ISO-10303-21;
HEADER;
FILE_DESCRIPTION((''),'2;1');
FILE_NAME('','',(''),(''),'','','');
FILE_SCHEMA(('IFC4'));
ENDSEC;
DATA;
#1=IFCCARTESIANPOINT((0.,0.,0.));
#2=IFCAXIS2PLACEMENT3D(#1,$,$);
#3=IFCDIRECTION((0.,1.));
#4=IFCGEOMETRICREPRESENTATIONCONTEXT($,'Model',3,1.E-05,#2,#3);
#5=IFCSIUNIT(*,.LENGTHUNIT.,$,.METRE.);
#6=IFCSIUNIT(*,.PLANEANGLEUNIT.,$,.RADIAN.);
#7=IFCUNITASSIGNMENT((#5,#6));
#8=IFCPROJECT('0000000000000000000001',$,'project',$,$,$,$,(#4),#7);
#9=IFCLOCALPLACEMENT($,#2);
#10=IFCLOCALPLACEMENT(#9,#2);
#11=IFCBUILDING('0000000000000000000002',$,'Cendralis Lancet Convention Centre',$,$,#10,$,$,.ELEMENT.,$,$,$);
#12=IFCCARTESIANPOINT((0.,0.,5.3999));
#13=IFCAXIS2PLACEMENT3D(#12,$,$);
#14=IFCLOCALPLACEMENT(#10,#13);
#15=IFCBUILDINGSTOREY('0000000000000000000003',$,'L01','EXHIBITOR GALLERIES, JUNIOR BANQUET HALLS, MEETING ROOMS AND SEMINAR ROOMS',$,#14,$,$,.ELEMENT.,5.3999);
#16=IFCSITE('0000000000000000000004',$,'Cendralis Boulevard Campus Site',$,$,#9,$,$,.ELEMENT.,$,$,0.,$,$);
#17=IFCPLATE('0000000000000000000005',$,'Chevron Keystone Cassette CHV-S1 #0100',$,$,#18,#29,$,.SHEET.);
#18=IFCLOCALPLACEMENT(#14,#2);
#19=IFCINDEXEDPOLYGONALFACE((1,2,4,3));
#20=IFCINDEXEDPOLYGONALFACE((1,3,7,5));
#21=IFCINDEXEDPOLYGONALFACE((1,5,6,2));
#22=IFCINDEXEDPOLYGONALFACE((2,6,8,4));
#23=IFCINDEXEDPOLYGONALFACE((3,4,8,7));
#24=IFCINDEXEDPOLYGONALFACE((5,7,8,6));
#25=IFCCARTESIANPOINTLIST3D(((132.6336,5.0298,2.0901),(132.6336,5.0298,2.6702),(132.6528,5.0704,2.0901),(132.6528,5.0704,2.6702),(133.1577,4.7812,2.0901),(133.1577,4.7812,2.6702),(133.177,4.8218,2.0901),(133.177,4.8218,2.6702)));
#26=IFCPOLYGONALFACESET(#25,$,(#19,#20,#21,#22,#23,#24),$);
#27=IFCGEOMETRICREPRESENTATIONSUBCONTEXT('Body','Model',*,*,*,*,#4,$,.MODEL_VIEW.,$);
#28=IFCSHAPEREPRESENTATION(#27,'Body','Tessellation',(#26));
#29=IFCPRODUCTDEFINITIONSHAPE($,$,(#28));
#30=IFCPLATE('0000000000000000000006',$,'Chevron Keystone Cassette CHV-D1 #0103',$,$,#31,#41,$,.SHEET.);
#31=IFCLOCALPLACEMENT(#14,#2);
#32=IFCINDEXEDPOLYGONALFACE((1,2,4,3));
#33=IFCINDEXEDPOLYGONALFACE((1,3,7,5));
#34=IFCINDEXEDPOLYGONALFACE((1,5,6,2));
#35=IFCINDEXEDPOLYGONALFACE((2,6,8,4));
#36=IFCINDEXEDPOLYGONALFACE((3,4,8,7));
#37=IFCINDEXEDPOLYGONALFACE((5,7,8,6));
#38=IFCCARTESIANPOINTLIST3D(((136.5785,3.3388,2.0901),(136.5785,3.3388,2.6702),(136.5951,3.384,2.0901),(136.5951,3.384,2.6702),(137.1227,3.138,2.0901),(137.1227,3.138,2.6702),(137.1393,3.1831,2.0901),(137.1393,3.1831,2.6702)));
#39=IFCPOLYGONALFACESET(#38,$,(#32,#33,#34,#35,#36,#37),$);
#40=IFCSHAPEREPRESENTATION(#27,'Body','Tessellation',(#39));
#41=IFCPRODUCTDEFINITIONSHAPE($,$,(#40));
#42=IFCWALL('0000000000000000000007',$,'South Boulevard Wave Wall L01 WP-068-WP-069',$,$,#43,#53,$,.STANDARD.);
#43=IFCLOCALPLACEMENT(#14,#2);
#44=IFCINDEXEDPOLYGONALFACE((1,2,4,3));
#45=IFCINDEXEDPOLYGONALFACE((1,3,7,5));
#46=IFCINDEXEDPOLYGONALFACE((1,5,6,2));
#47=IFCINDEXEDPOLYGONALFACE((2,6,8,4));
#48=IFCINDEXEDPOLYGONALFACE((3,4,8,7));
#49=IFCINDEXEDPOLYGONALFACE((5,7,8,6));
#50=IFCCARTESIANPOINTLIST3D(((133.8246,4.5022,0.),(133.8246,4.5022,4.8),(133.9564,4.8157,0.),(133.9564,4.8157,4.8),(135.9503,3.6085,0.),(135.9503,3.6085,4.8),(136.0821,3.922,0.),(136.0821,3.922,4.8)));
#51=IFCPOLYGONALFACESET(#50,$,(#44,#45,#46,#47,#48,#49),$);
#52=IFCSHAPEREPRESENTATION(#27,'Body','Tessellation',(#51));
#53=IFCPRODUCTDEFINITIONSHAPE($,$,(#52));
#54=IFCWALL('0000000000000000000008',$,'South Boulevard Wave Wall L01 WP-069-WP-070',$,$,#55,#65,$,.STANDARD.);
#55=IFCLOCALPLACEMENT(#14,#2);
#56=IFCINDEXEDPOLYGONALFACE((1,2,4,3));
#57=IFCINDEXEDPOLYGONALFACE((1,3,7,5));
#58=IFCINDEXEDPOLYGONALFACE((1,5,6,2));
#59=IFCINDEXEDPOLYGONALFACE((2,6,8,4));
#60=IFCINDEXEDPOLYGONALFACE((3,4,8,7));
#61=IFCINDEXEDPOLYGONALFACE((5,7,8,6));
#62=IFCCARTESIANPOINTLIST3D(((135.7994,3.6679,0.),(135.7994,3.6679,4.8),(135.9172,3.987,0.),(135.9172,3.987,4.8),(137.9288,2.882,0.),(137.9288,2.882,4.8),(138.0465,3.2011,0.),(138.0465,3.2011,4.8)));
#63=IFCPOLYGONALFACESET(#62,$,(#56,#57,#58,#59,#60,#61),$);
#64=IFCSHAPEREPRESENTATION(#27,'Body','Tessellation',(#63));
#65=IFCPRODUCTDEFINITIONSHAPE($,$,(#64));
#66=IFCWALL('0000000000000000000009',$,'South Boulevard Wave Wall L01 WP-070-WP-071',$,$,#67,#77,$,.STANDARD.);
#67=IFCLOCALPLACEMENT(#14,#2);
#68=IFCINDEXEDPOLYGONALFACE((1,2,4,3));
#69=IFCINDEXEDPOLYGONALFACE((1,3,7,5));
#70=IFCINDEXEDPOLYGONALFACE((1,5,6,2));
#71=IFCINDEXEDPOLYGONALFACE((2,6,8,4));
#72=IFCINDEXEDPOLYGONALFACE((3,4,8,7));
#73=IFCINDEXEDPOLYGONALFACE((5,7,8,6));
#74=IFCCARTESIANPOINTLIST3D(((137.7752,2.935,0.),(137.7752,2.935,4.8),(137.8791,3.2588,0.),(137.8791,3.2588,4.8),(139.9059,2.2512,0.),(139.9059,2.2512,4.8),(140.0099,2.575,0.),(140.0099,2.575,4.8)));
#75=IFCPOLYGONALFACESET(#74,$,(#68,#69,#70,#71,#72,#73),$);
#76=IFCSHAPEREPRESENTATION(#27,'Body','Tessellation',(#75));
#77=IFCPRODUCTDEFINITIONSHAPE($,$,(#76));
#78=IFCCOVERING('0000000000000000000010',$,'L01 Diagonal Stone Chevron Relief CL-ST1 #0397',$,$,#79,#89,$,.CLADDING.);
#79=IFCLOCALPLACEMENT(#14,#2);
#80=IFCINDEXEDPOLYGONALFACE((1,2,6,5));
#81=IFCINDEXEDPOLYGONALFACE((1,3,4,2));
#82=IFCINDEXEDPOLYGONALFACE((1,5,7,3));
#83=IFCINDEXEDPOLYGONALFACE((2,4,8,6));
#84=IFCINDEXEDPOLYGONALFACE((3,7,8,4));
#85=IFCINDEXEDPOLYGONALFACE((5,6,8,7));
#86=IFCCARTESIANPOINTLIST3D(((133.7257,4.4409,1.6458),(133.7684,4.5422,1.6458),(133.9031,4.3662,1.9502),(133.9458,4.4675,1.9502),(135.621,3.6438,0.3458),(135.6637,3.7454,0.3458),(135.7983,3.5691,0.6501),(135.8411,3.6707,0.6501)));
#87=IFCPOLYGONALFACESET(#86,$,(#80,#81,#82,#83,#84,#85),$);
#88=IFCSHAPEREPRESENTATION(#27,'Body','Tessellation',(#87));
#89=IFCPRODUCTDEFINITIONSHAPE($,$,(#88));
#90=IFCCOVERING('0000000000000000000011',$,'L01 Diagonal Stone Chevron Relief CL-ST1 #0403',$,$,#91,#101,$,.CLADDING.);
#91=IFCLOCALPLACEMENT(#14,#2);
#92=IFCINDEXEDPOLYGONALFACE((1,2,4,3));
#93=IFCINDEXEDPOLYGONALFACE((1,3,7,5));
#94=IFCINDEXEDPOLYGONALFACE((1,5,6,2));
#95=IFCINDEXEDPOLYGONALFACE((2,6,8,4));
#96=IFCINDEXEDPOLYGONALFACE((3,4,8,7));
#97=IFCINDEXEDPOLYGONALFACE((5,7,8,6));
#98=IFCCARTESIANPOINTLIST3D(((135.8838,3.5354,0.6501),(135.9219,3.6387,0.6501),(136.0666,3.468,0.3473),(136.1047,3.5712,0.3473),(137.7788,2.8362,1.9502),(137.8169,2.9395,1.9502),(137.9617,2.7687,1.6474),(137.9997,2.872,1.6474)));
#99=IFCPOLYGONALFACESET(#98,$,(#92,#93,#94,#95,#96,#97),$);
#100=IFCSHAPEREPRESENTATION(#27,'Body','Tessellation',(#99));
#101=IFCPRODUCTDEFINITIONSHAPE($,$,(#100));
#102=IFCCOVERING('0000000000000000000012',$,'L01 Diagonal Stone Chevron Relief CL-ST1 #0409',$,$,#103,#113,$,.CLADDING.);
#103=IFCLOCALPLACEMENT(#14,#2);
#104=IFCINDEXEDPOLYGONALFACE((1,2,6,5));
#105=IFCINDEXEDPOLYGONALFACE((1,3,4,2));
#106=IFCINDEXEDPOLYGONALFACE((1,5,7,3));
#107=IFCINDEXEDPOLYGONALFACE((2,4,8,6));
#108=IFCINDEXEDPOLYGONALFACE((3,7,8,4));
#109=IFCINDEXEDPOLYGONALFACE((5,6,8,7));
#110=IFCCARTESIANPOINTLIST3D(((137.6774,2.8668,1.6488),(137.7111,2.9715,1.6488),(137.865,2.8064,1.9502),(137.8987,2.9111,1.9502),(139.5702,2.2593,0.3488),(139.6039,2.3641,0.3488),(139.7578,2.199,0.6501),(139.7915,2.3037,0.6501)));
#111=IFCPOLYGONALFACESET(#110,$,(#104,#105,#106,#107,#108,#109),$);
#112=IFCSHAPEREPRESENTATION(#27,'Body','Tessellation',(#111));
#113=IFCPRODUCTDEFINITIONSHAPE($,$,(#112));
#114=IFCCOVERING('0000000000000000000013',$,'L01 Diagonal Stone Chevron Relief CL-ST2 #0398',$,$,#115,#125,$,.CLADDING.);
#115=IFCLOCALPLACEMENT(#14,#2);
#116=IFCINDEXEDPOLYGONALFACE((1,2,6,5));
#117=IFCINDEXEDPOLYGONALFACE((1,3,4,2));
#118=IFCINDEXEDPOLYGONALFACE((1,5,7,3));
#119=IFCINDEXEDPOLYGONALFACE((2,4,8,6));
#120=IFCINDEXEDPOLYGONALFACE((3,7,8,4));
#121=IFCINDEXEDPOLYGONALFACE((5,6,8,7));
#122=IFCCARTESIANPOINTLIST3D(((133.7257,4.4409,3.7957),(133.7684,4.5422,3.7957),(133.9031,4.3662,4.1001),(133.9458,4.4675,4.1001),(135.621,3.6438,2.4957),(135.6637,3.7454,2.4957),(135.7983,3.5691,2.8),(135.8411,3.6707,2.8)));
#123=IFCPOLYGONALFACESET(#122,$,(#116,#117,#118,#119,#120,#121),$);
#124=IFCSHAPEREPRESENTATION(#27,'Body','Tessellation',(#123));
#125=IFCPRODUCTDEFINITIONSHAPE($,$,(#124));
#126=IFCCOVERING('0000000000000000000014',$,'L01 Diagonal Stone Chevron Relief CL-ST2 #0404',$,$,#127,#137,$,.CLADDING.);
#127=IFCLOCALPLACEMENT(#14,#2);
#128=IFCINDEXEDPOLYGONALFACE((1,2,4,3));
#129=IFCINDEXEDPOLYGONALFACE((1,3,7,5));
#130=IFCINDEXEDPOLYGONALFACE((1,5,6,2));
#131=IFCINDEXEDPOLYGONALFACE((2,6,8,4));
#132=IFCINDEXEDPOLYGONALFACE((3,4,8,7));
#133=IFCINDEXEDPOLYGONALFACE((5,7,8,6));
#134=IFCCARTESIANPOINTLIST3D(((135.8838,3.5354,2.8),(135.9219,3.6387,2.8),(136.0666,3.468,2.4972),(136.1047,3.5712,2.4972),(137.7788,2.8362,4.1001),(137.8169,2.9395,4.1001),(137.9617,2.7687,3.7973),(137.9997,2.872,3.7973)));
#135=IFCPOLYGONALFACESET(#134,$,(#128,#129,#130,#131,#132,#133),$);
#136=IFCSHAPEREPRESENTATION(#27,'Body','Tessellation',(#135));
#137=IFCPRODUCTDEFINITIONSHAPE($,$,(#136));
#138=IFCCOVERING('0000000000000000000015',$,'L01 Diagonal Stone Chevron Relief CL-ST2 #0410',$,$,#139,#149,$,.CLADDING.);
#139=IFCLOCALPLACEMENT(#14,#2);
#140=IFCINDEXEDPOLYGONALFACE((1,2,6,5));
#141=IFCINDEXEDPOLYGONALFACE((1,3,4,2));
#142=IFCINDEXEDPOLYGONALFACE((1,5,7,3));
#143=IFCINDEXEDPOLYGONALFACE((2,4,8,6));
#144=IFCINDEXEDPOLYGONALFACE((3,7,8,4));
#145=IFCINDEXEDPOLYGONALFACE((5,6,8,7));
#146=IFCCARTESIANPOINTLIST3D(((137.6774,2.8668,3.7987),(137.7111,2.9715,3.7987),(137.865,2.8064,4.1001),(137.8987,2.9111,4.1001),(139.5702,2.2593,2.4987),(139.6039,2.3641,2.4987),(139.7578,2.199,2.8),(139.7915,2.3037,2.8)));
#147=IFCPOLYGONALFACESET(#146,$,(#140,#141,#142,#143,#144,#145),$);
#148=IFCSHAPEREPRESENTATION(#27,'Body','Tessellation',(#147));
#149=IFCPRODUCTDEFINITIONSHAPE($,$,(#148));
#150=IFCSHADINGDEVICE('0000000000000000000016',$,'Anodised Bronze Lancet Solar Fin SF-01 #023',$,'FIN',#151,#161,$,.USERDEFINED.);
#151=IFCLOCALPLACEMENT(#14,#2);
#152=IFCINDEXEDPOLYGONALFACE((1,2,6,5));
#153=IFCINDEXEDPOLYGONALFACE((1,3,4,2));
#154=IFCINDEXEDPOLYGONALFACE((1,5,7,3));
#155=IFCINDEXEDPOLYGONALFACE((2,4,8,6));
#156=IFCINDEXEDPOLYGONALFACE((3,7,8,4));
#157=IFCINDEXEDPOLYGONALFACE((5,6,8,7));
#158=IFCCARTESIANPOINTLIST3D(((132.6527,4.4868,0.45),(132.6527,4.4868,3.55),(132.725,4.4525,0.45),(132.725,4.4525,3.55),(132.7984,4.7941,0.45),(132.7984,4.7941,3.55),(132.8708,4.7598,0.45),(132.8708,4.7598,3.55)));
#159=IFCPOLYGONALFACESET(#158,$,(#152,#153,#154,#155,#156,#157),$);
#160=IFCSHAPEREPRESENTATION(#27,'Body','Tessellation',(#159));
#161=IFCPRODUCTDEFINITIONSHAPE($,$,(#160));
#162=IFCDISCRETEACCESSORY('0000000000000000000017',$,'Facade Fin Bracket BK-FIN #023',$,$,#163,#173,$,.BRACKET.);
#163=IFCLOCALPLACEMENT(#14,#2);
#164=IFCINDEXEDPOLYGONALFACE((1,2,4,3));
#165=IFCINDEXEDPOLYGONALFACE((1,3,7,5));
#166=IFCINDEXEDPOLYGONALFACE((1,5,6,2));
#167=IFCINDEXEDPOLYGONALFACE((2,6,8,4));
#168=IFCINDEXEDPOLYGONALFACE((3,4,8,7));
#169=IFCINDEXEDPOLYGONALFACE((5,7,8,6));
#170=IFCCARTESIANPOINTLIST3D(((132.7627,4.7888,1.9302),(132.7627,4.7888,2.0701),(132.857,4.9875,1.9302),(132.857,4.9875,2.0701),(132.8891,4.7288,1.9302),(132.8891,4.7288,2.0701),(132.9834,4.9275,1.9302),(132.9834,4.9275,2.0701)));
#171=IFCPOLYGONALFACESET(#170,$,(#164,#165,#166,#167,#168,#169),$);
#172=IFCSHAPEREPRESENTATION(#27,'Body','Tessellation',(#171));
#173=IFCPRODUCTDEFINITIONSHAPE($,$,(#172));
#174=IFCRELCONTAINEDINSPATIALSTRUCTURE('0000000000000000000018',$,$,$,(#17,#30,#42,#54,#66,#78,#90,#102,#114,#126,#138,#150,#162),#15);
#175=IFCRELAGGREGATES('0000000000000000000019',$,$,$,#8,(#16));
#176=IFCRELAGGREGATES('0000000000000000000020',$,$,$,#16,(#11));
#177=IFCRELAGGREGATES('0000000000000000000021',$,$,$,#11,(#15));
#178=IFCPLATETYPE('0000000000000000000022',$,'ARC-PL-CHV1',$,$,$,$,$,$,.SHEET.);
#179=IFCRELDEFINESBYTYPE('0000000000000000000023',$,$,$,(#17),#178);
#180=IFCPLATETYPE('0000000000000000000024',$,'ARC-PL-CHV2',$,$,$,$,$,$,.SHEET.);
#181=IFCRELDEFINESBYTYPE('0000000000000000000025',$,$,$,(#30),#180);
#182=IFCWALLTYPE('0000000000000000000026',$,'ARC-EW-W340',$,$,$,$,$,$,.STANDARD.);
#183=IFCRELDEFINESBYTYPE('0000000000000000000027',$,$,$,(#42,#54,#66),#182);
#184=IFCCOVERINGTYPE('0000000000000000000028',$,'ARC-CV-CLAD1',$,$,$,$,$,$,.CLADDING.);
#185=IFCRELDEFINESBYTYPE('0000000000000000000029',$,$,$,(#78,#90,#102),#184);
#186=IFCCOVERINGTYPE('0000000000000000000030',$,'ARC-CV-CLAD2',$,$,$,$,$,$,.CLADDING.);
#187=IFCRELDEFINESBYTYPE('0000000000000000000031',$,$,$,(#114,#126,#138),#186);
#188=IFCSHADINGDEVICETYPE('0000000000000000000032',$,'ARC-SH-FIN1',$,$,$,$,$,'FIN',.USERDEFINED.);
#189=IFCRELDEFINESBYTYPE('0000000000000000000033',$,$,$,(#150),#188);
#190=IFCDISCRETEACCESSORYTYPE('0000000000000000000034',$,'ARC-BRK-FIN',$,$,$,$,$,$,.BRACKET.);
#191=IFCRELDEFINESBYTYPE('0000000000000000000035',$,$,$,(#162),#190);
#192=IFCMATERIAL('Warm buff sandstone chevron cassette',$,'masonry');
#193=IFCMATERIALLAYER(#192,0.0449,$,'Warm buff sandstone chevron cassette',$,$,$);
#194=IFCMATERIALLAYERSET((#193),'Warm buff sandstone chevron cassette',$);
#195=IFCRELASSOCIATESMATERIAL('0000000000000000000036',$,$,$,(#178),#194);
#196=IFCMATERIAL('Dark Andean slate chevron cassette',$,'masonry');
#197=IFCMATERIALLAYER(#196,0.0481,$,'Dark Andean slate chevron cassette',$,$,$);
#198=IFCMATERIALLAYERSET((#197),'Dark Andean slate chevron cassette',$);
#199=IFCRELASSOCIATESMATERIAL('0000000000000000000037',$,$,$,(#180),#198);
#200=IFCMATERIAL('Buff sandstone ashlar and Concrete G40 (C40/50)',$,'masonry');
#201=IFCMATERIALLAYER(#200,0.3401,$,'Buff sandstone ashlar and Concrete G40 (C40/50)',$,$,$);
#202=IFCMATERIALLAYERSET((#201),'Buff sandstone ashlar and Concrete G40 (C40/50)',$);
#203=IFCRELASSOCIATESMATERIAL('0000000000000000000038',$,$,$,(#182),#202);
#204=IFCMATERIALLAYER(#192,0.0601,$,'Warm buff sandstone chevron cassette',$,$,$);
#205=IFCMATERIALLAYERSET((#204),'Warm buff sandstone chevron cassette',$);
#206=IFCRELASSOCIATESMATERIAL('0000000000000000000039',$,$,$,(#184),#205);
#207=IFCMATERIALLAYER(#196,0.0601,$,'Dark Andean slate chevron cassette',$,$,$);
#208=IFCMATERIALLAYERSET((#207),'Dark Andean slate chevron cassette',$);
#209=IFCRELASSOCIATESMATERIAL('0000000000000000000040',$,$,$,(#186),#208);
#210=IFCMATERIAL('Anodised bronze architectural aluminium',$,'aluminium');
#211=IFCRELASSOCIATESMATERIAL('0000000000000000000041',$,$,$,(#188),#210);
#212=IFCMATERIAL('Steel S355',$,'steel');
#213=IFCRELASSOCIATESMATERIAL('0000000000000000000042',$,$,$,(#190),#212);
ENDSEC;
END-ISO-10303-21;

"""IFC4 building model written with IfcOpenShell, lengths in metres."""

from ifc_helpers import new_model, si_unit, direction, frame, frame_2d, origin, origin_2d, place, context, subcontext, project, spatial, polyline, rectangle, outline, extrude, material, layer, layer_set, type_object, element, save


model = new_model("IFC4")

# Units and contexts
model_context = context("Model", 3, precision=1e-05, world=origin(), true_north=direction((0.0, 1.0)))
body_context = subcontext(model_context, "Body", "Model", "MODEL_VIEW")
ifc_project = project(units=[si_unit("LENGTHUNIT", "METRE"), si_unit("PLANEANGLEUNIT", "RADIAN")], contexts=[model_context])

# Site, building, storey
site_placement = place(None, origin())
site = spatial("IfcSite", under=ifc_project, at=site_placement, Name="Cendralis Boulevard Campus Site", CompositionType="ELEMENT", RefElevation=0.0)
building_placement = place(site_placement, origin())
building = spatial("IfcBuilding", under=site, at=building_placement, Name="Cendralis Lancet Convention Centre", CompositionType="ELEMENT")
storey_placement = place(building_placement, frame((0.0, 0.0, 5.3999)))
storey = spatial("IfcBuildingStorey", under=building, at=storey_placement, Name="L01", Description="EXHIBITOR GALLERIES, JUNIOR BANQUET HALLS, MEETING ROOMS AND SEMINAR ROOMS", CompositionType="ELEMENT", Elevation=5.3999)

# Shared definitions
ifc_material_1 = material(Name="Steel S355", Category="steel")

# Plates
ifc_material_2 = material(Name="Warm buff sandstone chevron cassette", Category="masonry")
ifc_layer_1 = layer(ifc_material_2, 0.0449, Name="Warm buff sandstone chevron cassette")
ifc_layer_set_1 = layer_set([ifc_layer_1], Name="Warm buff sandstone chevron cassette")
plate_type_1 = type_object("IfcPlateType", Name="ARC-PL-CHV1", PredefinedType="SHEET", material=ifc_layer_set_1)
plate_1_placement = place(storey_placement, frame((132.9053, 4.9258, 2.0901), z_axis=(0.0, 0.0, 1.0), x_axis=(0.903507, -0.428572, 0.0)))
element("IfcPlate", 1, at=plate_1_placement, inside=storey, type_object=plate_type_1, Name="Chevron Keystone Cassette CHV-S1 #0100", PredefinedType="SHEET", context=body_context, shape_type="SweptSolid", body=[
    extrude(rectangle(XDim=0.5801, YDim=0.0449, at=origin_2d()), origin(), (0.0, 0.0, 1.0), 0.5801),
])
ifc_material_3 = material(Name="Dark Andean slate chevron cassette", Category="masonry")
ifc_layer_2 = layer(ifc_material_3, 0.0481, Name="Dark Andean slate chevron cassette")
ifc_layer_set_2 = layer_set([ifc_layer_2], Name="Dark Andean slate chevron cassette")
plate_type_2 = type_object("IfcPlateType", Name="ARC-PL-CHV2", PredefinedType="SHEET", material=ifc_layer_set_2)
plate_2_placement = place(storey_placement, frame((136.8589, 3.261, 2.0901), z_axis=(0.0, 0.0, 1.0), x_axis=(0.938155, -0.346215, 0.0)))
element("IfcPlate", 2, at=plate_2_placement, inside=storey, type_object=plate_type_2, Name="Chevron Keystone Cassette CHV-D1 #0103", PredefinedType="SHEET", context=body_context, shape_type="SweptSolid", body=[
    extrude(rectangle(XDim=0.5801, YDim=0.0481, at=origin_2d()), origin(), (0.0, 0.0, 1.0), 0.5801),
])

# Walls
ifc_material_4 = material(Name="Buff sandstone ashlar and Concrete G40 (C40/50)", Category="masonry")
ifc_layer_3 = layer(ifc_material_4, 0.3401, Name="Buff sandstone ashlar and Concrete G40 (C40/50)")
ifc_layer_set_3 = layer_set([ifc_layer_3], Name="Buff sandstone ashlar and Concrete G40 (C40/50)")
wall_type = type_object("IfcWallType", Name="ARC-EW-W340", PredefinedType="STANDARD", material=ifc_layer_set_3)
wall_1_placement = place(storey_placement, frame((133.8906, 4.6589, 0.0), z_axis=(0.0, 0.0, 1.0), x_axis=(0.921829, -0.387598, 0.0)))
element("IfcWall", 3, at=wall_1_placement, inside=storey, type_object=wall_type, Name="South Boulevard Wave Wall L01 WP-068-WP-069", PredefinedType="STANDARD", context=body_context, shape_type="SweptSolid", body=[
    extrude(rectangle(XDim=2.3059, YDim=0.3401, at=frame_2d((1.1528, 0.0))), origin(), (0.0, 0.0, 1.0), 4.8),
])
wall_2_placement = place(storey_placement, frame((135.8584, 3.8274, 0.0), z_axis=(0.0, 0.0, 1.0), x_axis=(0.938146, -0.346239, 0.0)))
element("IfcWall", 4, at=wall_2_placement, inside=storey, type_object=wall_type, Name="South Boulevard Wave Wall L01 WP-069-WP-070", PredefinedType="STANDARD", context=body_context, shape_type="SweptSolid", body=[
    extrude(rectangle(XDim=2.2698, YDim=0.3401, at=frame_2d((1.1348, 0.0))), origin(), (0.0, 0.0, 1.0), 4.8),
])
wall_3_placement = place(storey_placement, frame((137.8271, 3.0969, 0.0), z_axis=(0.0, 0.0, 1.0), x_axis=(0.952169, -0.305571, 0.0)))
element("IfcWall", 5, at=wall_3_placement, inside=storey, type_object=wall_type, Name="South Boulevard Wave Wall L01 WP-070-WP-071", PredefinedType="STANDARD", context=body_context, shape_type="SweptSolid", body=[
    extrude(rectangle(XDim=2.2378, YDim=0.3401, at=frame_2d((1.1189, 0.0))), origin(), (0.0, 0.0, 1.0), 4.8),
])

# Coverings
ifc_layer_4 = layer(ifc_material_2, 0.0601, Name="Warm buff sandstone chevron cassette")
ifc_layer_set_4 = layer_set([ifc_layer_4], Name="Warm buff sandstone chevron cassette")
covering_type_1 = type_object("IfcCoveringType", Name="ARC-CV-CLAD1", PredefinedType="CLADDING", material=ifc_layer_set_4)
covering_1_placement = place(storey_placement, frame((133.9031, 4.3662, 1.9502), z_axis=(0.492533, -0.207445, 0.845209), x_axis=(0.779105, -0.32768, -0.534436)))
element("IfcCovering", 6, at=covering_1_placement, inside=storey, type_object=covering_type_1, Name="L01 Diagonal Stone Chevron Relief CL-ST1 #0397", PredefinedType="CLADDING", context=body_context, shape_type="SweptSolid", body=[
    extrude(outline(polyline([(0.0, 0.0), (2.4326, 0.0), (2.4326, 0.1102), (0.0001, 0.11), (0.0, 0.0)])), origin(), (0.0, 0.0, -1.0), 0.3601),
])
covering_2_placement = place(storey_placement, frame((135.8838, 3.5354, 0.6501), z_axis=(-0.50778, 0.187266, 0.840887), x_axis=(0.788898, -0.291085, 0.541211)))
element("IfcCovering", 7, at=covering_2_placement, inside=storey, type_object=covering_type_1, Name="L01 Diagonal Stone Chevron Relief CL-ST1 #0403", PredefinedType="CLADDING", context=body_context, shape_type="SweptSolid", body=[
    extrude(outline(polyline([(0.0, 0.0), (2.4021, 0.0), (2.4021, 0.1101), (0.0, 0.1101), (0.0, 0.0)])), origin(), (0.0, 0.0, -1.0), 0.3601),
])
covering_3_placement = place(storey_placement, frame((137.865, 2.8064, 1.9502), z_axis=(0.521035, -0.167606, 0.836918), x_axis=(0.79689, -0.255728, -0.547329)))
element("IfcCovering", 8, at=covering_3_placement, inside=storey, type_object=covering_type_1, Name="L01 Diagonal Stone Chevron Relief CL-ST1 #0409", PredefinedType="CLADDING", context=body_context, shape_type="SweptSolid", body=[
    extrude(outline(polyline([(0.0, 0.0), (2.3753, 0.0), (2.3753, 0.11), (0.0001, 0.11), (0.0, 0.0)])), origin(), (0.0, 0.0, -1.0), 0.3601),
])
ifc_layer_5 = layer(ifc_material_3, 0.0601, Name="Dark Andean slate chevron cassette")
ifc_layer_set_5 = layer_set([ifc_layer_5], Name="Dark Andean slate chevron cassette")
covering_type_2 = type_object("IfcCoveringType", Name="ARC-CV-CLAD2", PredefinedType="CLADDING", material=ifc_layer_set_5)
covering_4_placement = place(storey_placement, frame((133.9031, 4.3662, 4.1001), z_axis=(0.492533, -0.207445, 0.845209), x_axis=(0.779105, -0.32768, -0.534436)))
element("IfcCovering", 9, at=covering_4_placement, inside=storey, type_object=covering_type_2, Name="L01 Diagonal Stone Chevron Relief CL-ST2 #0398", PredefinedType="CLADDING", context=body_context, shape_type="SweptSolid", body=[
    extrude(outline(polyline([(0.0, 0.0), (2.4326, 0.0), (2.4326, 0.1102), (0.0001, 0.11), (0.0, 0.0)])), origin(), (0.0, 0.0, -1.0), 0.3601),
])
covering_5_placement = place(storey_placement, frame((135.8838, 3.5354, 2.8), z_axis=(-0.50778, 0.187266, 0.840887), x_axis=(0.788898, -0.291085, 0.541211)))
element("IfcCovering", 10, at=covering_5_placement, inside=storey, type_object=covering_type_2, Name="L01 Diagonal Stone Chevron Relief CL-ST2 #0404", PredefinedType="CLADDING", context=body_context, shape_type="SweptSolid", body=[
    extrude(outline(polyline([(0.0, 0.0), (2.4021, 0.0), (2.4021, 0.1101), (0.0, 0.1101), (0.0, 0.0)])), origin(), (0.0, 0.0, -1.0), 0.3601),
])
covering_6_placement = place(storey_placement, frame((137.865, 2.8064, 4.1001), z_axis=(0.521035, -0.167606, 0.836918), x_axis=(0.79689, -0.255728, -0.547329)))
element("IfcCovering", 11, at=covering_6_placement, inside=storey, type_object=covering_type_2, Name="L01 Diagonal Stone Chevron Relief CL-ST2 #0410", PredefinedType="CLADDING", context=body_context, shape_type="SweptSolid", body=[
    extrude(outline(polyline([(0.0, 0.0), (2.3753, 0.0), (2.3753, 0.11), (0.0001, 0.11), (0.0, 0.0)])), origin(), (0.0, 0.0, -1.0), 0.3601),
])

# Shading device
ifc_material_5 = material(Name="Anodised bronze architectural aluminium", Category="aluminium")
shading_device_type = type_object("IfcShadingDeviceType", Name="ARC-SH-FIN1", ElementType="FIN", PredefinedType="USERDEFINED", material=ifc_material_5)
shading_device_placement = place(storey_placement, frame((132.7617, 4.6233, 0.45), z_axis=(0.0, 0.0, 1.0), x_axis=(0.903507, -0.428572, 0.0)))
element("IfcShadingDevice", 12, at=shading_device_placement, inside=storey, type_object=shading_device_type, Name="Anodised Bronze Lancet Solar Fin SF-01 #023", ObjectType="FIN", PredefinedType="USERDEFINED", context=body_context, shape_type="SweptSolid", body=[
    extrude(rectangle(XDim=0.0801, YDim=0.3401, at=origin_2d()), origin(), (0.0, 0.0, 1.0), 3.1001),
])

# Discrete accessory
discrete_accessory_type = type_object("IfcDiscreteAccessoryType", Name="ARC-BRK-FIN", PredefinedType="BRACKET", material=ifc_material_1)
discrete_accessory_placement = place(storey_placement, frame((132.873, 4.8582, 1.9302), z_axis=(0.0, 0.0, 1.0), x_axis=(0.903507, -0.428572, 0.0)))
element("IfcDiscreteAccessory", 13, at=discrete_accessory_placement, inside=storey, type_object=discrete_accessory_type, Name="Facade Fin Bracket BK-FIN #023", PredefinedType="BRACKET", context=body_context, shape_type="SweptSolid", body=[
    extrude(rectangle(XDim=0.1399, YDim=0.22, at=origin_2d()), origin(), (0.0, 0.0, 1.0), 0.1399),
])

save(model, "model.ifc")
